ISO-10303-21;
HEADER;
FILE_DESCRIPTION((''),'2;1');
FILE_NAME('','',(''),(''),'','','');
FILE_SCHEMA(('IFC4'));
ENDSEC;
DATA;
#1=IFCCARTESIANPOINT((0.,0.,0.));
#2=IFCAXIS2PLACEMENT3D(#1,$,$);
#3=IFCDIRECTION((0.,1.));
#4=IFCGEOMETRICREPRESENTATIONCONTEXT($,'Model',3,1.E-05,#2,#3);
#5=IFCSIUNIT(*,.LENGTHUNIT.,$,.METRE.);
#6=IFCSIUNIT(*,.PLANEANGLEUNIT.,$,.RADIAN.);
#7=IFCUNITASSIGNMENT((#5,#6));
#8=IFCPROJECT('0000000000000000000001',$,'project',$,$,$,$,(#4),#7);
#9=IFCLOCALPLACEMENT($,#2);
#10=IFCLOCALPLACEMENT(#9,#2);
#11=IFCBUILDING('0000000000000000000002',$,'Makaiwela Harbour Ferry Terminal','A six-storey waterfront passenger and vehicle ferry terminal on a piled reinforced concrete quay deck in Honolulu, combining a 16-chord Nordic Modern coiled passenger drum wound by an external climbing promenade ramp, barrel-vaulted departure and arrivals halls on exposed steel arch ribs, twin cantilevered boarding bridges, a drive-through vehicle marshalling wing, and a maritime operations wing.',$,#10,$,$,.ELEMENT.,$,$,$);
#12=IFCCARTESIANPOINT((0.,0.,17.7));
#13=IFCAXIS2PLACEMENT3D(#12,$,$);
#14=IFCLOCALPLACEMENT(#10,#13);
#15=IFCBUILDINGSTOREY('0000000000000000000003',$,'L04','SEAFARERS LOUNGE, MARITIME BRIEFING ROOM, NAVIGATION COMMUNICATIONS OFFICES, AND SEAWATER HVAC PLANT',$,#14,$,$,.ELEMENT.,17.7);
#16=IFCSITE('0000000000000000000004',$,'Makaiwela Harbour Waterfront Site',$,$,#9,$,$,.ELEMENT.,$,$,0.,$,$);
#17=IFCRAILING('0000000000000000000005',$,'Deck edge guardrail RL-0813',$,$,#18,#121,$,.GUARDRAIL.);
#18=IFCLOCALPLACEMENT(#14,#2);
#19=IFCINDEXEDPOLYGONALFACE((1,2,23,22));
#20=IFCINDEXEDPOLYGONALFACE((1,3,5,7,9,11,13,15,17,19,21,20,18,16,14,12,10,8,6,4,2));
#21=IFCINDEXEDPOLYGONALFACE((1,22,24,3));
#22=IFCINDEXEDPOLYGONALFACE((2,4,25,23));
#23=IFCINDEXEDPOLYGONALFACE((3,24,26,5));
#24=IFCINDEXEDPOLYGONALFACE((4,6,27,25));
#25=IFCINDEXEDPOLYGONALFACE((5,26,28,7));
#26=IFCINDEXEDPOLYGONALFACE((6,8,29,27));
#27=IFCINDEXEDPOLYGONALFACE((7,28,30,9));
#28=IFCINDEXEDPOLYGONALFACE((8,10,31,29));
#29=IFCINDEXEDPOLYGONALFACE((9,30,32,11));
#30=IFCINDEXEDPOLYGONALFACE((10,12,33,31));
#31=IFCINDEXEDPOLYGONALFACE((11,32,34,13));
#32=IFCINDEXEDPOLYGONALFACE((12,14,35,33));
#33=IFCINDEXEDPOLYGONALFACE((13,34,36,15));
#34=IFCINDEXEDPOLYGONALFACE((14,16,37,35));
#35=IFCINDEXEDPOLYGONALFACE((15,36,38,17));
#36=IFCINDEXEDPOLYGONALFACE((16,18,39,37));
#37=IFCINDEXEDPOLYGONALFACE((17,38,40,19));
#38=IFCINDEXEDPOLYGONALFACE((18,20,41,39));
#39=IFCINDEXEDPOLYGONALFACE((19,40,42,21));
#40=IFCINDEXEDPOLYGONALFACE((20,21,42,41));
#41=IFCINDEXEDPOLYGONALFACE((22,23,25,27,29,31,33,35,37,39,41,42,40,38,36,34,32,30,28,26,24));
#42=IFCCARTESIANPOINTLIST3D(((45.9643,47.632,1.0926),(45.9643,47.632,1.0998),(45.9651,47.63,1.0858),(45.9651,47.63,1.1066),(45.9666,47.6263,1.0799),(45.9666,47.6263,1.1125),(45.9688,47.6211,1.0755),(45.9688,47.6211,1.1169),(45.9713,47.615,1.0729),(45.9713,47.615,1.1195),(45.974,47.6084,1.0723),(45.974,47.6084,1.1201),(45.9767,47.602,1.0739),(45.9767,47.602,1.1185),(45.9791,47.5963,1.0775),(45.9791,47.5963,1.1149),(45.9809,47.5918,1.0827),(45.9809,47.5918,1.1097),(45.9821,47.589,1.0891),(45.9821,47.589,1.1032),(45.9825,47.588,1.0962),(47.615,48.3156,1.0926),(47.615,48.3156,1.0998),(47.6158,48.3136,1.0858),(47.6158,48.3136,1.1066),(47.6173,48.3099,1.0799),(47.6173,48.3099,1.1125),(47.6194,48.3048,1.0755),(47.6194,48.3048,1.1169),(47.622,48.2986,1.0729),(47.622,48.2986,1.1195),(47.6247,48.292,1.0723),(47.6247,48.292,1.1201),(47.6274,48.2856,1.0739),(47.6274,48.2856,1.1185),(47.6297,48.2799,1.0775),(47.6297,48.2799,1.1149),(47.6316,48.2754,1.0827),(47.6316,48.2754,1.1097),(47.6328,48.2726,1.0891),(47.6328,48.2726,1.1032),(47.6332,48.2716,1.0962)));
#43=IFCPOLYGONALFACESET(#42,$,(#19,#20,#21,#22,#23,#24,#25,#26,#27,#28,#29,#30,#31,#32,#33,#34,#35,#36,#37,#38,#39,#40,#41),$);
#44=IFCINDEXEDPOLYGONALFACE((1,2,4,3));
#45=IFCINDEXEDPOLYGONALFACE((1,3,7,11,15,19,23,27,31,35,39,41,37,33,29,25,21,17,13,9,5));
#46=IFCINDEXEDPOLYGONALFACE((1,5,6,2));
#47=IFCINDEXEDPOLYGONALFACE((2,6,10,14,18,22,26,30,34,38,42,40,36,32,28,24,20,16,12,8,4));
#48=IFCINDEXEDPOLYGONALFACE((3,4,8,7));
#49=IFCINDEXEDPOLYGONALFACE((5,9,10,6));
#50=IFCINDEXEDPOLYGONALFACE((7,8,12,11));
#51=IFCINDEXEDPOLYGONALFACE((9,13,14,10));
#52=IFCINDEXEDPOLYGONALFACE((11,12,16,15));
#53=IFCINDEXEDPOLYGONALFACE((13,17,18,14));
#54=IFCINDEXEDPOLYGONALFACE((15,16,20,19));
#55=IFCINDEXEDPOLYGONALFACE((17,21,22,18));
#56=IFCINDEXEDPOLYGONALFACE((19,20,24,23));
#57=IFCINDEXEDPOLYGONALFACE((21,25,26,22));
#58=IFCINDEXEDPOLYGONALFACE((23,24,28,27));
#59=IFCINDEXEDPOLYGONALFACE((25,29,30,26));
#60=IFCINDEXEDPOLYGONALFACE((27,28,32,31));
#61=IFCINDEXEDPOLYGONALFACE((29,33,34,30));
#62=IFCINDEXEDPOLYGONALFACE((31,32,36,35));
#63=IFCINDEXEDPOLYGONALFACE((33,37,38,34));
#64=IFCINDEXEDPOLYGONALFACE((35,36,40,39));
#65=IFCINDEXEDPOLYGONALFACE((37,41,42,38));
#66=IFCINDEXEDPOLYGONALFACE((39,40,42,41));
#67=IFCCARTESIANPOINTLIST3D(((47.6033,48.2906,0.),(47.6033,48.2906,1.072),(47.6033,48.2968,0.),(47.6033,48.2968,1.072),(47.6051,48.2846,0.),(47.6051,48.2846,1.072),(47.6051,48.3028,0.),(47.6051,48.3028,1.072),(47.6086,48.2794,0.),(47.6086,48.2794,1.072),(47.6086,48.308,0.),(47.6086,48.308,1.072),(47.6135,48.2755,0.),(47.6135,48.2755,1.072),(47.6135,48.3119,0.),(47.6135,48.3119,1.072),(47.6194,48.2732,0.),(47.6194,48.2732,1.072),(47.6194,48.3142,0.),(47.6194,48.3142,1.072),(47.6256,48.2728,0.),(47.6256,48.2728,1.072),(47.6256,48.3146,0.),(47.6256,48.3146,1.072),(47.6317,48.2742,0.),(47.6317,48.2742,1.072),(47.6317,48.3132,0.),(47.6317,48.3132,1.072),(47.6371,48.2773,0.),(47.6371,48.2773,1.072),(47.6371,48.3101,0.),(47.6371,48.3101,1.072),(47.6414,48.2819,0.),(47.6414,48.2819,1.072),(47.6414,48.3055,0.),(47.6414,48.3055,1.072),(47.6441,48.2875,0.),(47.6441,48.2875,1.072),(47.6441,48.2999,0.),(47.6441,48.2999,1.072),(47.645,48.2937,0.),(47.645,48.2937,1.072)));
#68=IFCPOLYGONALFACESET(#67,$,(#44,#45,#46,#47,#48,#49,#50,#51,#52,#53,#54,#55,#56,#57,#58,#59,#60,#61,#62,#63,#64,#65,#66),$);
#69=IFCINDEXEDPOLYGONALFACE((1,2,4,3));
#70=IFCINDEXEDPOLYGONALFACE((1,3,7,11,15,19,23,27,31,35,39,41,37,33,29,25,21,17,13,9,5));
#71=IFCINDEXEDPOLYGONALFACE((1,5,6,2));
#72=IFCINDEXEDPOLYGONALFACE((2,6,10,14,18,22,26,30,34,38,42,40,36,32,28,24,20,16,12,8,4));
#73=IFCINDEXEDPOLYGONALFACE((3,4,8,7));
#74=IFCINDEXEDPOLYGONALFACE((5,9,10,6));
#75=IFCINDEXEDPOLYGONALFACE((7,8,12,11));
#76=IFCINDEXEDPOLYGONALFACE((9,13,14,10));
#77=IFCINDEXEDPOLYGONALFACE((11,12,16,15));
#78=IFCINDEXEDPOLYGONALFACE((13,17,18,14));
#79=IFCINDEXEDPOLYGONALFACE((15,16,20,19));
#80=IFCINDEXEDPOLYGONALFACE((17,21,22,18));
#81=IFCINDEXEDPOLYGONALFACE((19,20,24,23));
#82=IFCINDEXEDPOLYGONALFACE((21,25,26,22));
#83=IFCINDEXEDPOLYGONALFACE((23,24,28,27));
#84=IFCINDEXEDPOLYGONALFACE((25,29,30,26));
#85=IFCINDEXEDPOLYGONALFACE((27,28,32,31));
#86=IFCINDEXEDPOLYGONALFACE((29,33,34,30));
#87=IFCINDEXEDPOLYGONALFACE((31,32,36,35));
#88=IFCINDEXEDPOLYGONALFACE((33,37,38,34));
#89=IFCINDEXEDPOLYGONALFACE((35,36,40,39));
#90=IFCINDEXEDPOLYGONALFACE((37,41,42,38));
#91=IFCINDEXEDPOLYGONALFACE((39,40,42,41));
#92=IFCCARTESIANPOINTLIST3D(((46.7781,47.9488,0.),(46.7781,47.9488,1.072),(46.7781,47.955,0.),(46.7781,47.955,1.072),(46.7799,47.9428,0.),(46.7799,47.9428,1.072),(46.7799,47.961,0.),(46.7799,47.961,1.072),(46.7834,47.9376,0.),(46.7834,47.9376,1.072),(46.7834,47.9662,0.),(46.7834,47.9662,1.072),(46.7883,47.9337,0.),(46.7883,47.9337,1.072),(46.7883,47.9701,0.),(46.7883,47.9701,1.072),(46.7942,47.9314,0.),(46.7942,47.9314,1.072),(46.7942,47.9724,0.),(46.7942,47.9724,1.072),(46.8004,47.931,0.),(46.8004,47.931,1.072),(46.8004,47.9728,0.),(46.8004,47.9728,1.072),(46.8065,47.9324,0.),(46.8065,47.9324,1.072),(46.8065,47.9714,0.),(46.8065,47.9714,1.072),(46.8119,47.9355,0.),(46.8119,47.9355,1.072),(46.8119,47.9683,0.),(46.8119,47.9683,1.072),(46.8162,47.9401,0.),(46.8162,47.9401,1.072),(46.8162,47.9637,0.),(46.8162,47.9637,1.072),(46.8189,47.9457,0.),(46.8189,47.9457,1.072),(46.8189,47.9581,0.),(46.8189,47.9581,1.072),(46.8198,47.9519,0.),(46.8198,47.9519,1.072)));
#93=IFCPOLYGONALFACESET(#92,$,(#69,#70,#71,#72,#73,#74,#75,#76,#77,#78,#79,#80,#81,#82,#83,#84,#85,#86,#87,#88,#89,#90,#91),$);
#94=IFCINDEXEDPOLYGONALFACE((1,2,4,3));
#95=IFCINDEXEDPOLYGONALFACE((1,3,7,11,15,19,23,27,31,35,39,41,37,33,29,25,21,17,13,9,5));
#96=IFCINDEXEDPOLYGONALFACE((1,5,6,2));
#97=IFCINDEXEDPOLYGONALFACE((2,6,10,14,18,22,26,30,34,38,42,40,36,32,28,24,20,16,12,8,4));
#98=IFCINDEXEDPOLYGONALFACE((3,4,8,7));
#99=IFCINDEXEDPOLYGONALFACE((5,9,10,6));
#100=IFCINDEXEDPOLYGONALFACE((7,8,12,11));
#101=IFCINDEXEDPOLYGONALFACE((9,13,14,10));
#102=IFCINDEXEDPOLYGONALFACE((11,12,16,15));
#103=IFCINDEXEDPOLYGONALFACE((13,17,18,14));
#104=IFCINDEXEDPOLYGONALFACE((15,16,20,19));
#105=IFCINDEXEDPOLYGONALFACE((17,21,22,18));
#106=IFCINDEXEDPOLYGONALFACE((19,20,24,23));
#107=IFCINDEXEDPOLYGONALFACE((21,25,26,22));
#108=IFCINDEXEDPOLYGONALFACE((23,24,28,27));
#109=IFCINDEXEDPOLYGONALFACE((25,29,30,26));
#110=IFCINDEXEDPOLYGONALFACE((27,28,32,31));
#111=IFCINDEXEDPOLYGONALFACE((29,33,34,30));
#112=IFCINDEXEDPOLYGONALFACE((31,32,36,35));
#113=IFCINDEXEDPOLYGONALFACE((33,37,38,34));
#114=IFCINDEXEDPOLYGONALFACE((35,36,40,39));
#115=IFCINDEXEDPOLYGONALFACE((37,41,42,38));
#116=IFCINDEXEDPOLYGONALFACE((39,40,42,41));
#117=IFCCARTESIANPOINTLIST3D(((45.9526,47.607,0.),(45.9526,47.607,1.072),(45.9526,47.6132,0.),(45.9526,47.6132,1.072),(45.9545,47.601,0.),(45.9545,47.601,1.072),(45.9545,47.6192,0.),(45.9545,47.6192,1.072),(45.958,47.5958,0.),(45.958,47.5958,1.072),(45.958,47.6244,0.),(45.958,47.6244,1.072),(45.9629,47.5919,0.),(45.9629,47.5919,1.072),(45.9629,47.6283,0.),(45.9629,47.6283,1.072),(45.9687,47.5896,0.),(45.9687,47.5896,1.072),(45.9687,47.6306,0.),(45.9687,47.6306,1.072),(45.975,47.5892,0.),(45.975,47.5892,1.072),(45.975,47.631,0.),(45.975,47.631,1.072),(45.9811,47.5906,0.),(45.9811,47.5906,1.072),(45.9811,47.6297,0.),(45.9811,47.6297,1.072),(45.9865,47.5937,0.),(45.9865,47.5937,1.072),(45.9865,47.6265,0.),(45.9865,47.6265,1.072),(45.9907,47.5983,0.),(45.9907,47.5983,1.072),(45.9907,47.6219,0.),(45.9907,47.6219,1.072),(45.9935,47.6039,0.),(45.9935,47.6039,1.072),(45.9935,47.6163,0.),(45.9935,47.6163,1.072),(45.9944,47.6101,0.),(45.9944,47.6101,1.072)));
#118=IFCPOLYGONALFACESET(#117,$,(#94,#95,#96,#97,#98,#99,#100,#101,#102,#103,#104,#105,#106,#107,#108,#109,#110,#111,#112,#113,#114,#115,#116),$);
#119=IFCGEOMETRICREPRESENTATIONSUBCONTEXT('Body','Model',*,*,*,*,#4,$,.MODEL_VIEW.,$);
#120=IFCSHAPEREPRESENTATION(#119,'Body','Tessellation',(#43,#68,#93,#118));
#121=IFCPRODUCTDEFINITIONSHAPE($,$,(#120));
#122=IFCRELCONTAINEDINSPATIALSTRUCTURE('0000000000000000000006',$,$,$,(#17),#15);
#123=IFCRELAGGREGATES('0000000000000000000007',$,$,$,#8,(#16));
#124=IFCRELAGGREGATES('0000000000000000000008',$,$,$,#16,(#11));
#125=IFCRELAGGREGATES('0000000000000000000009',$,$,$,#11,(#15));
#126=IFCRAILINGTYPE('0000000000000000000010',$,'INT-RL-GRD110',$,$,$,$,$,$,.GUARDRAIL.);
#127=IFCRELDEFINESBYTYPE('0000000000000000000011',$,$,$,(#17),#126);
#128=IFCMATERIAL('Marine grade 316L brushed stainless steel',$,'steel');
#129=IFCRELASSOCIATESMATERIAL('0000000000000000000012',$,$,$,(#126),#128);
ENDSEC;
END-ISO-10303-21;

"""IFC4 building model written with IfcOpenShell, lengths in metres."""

from ifc_helpers import new_model, si_unit, direction, frame, origin, origin_2d, place, context, subcontext, project, spatial, circle, extrude, material, type_object, element, save


model = new_model("IFC4")

# Units and contexts
model_context = context("Model", 3, precision=1e-05, world=origin(), true_north=direction((0.0, 1.0)))
body_context = subcontext(model_context, "Body", "Model", "MODEL_VIEW")
ifc_project = project(units=[si_unit("LENGTHUNIT", "METRE"), si_unit("PLANEANGLEUNIT", "RADIAN")], contexts=[model_context])

# Site, building, storey
site_placement = place(None, origin())
site = spatial("IfcSite", under=ifc_project, at=site_placement, Name="Makaiwela Harbour Waterfront Site", CompositionType="ELEMENT", RefElevation=0.0)
building_placement = place(site_placement, origin())
building = spatial("IfcBuilding", under=site, at=building_placement, Name="Makaiwela Harbour Ferry Terminal", Description="A six-storey waterfront passenger and vehicle ferry terminal on a piled reinforced concrete quay deck in Honolulu, combining a 16-chord Nordic Modern coiled passenger drum wound by an external climbing promenade ramp, barrel-vaulted departure and arrivals halls on exposed steel arch ribs, twin cantilevered boarding bridges, a drive-through vehicle marshalling wing, and a maritime operations wing.", CompositionType="ELEMENT")
storey_placement = place(building_placement, frame((0.0, 0.0, 17.7)))
storey = spatial("IfcBuildingStorey", under=building, at=storey_placement, Name="L04", Description="SEAFARERS LOUNGE, MARITIME BRIEFING ROOM, NAVIGATION COMMUNICATIONS OFFICES, AND SEAWATER HVAC PLANT", CompositionType="ELEMENT", Elevation=17.7)

# Railing
ifc_material_1 = material(Name="Marine grade 316L brushed stainless steel", Category="steel")
railing_type_1 = type_object("IfcRailingType", Name="INT-RL-GRD110", PredefinedType="GUARDRAIL", material=ifc_material_1)
railing_1_placement = place(storey_placement, frame((47.624, 48.2937, 0.0)))
element("IfcRailing", 1, at=railing_1_placement, inside=storey, type_object=railing_type_1, Name="Deck edge guardrail RL-0813", PredefinedType="GUARDRAIL", context=body_context, shape_type="SweptSolid", body=[
    extrude(circle(Radius=0.0239, at=origin_2d()), frame((0.0, 0.0, 1.0962), z_axis=(-0.923904, -0.382625, 0.0), x_axis=(0.382625, -0.923904, 0.0)), (0.0, 0.0, 1.0), 1.7866),
    extrude(circle(Radius=0.021, at=origin_2d()), origin(), (0.0, 0.0, 1.0), 1.072),
    extrude(circle(Radius=0.021, at=origin_2d()), frame((-0.8252, -0.3418, 0.0)), (0.0, 0.0, 1.0), 1.072),
    extrude(circle(Radius=0.021, at=origin_2d()), frame((-1.6506, -0.6836, 0.0)), (0.0, 0.0, 1.0), 1.072),
])

save(model, "model.ifc")
